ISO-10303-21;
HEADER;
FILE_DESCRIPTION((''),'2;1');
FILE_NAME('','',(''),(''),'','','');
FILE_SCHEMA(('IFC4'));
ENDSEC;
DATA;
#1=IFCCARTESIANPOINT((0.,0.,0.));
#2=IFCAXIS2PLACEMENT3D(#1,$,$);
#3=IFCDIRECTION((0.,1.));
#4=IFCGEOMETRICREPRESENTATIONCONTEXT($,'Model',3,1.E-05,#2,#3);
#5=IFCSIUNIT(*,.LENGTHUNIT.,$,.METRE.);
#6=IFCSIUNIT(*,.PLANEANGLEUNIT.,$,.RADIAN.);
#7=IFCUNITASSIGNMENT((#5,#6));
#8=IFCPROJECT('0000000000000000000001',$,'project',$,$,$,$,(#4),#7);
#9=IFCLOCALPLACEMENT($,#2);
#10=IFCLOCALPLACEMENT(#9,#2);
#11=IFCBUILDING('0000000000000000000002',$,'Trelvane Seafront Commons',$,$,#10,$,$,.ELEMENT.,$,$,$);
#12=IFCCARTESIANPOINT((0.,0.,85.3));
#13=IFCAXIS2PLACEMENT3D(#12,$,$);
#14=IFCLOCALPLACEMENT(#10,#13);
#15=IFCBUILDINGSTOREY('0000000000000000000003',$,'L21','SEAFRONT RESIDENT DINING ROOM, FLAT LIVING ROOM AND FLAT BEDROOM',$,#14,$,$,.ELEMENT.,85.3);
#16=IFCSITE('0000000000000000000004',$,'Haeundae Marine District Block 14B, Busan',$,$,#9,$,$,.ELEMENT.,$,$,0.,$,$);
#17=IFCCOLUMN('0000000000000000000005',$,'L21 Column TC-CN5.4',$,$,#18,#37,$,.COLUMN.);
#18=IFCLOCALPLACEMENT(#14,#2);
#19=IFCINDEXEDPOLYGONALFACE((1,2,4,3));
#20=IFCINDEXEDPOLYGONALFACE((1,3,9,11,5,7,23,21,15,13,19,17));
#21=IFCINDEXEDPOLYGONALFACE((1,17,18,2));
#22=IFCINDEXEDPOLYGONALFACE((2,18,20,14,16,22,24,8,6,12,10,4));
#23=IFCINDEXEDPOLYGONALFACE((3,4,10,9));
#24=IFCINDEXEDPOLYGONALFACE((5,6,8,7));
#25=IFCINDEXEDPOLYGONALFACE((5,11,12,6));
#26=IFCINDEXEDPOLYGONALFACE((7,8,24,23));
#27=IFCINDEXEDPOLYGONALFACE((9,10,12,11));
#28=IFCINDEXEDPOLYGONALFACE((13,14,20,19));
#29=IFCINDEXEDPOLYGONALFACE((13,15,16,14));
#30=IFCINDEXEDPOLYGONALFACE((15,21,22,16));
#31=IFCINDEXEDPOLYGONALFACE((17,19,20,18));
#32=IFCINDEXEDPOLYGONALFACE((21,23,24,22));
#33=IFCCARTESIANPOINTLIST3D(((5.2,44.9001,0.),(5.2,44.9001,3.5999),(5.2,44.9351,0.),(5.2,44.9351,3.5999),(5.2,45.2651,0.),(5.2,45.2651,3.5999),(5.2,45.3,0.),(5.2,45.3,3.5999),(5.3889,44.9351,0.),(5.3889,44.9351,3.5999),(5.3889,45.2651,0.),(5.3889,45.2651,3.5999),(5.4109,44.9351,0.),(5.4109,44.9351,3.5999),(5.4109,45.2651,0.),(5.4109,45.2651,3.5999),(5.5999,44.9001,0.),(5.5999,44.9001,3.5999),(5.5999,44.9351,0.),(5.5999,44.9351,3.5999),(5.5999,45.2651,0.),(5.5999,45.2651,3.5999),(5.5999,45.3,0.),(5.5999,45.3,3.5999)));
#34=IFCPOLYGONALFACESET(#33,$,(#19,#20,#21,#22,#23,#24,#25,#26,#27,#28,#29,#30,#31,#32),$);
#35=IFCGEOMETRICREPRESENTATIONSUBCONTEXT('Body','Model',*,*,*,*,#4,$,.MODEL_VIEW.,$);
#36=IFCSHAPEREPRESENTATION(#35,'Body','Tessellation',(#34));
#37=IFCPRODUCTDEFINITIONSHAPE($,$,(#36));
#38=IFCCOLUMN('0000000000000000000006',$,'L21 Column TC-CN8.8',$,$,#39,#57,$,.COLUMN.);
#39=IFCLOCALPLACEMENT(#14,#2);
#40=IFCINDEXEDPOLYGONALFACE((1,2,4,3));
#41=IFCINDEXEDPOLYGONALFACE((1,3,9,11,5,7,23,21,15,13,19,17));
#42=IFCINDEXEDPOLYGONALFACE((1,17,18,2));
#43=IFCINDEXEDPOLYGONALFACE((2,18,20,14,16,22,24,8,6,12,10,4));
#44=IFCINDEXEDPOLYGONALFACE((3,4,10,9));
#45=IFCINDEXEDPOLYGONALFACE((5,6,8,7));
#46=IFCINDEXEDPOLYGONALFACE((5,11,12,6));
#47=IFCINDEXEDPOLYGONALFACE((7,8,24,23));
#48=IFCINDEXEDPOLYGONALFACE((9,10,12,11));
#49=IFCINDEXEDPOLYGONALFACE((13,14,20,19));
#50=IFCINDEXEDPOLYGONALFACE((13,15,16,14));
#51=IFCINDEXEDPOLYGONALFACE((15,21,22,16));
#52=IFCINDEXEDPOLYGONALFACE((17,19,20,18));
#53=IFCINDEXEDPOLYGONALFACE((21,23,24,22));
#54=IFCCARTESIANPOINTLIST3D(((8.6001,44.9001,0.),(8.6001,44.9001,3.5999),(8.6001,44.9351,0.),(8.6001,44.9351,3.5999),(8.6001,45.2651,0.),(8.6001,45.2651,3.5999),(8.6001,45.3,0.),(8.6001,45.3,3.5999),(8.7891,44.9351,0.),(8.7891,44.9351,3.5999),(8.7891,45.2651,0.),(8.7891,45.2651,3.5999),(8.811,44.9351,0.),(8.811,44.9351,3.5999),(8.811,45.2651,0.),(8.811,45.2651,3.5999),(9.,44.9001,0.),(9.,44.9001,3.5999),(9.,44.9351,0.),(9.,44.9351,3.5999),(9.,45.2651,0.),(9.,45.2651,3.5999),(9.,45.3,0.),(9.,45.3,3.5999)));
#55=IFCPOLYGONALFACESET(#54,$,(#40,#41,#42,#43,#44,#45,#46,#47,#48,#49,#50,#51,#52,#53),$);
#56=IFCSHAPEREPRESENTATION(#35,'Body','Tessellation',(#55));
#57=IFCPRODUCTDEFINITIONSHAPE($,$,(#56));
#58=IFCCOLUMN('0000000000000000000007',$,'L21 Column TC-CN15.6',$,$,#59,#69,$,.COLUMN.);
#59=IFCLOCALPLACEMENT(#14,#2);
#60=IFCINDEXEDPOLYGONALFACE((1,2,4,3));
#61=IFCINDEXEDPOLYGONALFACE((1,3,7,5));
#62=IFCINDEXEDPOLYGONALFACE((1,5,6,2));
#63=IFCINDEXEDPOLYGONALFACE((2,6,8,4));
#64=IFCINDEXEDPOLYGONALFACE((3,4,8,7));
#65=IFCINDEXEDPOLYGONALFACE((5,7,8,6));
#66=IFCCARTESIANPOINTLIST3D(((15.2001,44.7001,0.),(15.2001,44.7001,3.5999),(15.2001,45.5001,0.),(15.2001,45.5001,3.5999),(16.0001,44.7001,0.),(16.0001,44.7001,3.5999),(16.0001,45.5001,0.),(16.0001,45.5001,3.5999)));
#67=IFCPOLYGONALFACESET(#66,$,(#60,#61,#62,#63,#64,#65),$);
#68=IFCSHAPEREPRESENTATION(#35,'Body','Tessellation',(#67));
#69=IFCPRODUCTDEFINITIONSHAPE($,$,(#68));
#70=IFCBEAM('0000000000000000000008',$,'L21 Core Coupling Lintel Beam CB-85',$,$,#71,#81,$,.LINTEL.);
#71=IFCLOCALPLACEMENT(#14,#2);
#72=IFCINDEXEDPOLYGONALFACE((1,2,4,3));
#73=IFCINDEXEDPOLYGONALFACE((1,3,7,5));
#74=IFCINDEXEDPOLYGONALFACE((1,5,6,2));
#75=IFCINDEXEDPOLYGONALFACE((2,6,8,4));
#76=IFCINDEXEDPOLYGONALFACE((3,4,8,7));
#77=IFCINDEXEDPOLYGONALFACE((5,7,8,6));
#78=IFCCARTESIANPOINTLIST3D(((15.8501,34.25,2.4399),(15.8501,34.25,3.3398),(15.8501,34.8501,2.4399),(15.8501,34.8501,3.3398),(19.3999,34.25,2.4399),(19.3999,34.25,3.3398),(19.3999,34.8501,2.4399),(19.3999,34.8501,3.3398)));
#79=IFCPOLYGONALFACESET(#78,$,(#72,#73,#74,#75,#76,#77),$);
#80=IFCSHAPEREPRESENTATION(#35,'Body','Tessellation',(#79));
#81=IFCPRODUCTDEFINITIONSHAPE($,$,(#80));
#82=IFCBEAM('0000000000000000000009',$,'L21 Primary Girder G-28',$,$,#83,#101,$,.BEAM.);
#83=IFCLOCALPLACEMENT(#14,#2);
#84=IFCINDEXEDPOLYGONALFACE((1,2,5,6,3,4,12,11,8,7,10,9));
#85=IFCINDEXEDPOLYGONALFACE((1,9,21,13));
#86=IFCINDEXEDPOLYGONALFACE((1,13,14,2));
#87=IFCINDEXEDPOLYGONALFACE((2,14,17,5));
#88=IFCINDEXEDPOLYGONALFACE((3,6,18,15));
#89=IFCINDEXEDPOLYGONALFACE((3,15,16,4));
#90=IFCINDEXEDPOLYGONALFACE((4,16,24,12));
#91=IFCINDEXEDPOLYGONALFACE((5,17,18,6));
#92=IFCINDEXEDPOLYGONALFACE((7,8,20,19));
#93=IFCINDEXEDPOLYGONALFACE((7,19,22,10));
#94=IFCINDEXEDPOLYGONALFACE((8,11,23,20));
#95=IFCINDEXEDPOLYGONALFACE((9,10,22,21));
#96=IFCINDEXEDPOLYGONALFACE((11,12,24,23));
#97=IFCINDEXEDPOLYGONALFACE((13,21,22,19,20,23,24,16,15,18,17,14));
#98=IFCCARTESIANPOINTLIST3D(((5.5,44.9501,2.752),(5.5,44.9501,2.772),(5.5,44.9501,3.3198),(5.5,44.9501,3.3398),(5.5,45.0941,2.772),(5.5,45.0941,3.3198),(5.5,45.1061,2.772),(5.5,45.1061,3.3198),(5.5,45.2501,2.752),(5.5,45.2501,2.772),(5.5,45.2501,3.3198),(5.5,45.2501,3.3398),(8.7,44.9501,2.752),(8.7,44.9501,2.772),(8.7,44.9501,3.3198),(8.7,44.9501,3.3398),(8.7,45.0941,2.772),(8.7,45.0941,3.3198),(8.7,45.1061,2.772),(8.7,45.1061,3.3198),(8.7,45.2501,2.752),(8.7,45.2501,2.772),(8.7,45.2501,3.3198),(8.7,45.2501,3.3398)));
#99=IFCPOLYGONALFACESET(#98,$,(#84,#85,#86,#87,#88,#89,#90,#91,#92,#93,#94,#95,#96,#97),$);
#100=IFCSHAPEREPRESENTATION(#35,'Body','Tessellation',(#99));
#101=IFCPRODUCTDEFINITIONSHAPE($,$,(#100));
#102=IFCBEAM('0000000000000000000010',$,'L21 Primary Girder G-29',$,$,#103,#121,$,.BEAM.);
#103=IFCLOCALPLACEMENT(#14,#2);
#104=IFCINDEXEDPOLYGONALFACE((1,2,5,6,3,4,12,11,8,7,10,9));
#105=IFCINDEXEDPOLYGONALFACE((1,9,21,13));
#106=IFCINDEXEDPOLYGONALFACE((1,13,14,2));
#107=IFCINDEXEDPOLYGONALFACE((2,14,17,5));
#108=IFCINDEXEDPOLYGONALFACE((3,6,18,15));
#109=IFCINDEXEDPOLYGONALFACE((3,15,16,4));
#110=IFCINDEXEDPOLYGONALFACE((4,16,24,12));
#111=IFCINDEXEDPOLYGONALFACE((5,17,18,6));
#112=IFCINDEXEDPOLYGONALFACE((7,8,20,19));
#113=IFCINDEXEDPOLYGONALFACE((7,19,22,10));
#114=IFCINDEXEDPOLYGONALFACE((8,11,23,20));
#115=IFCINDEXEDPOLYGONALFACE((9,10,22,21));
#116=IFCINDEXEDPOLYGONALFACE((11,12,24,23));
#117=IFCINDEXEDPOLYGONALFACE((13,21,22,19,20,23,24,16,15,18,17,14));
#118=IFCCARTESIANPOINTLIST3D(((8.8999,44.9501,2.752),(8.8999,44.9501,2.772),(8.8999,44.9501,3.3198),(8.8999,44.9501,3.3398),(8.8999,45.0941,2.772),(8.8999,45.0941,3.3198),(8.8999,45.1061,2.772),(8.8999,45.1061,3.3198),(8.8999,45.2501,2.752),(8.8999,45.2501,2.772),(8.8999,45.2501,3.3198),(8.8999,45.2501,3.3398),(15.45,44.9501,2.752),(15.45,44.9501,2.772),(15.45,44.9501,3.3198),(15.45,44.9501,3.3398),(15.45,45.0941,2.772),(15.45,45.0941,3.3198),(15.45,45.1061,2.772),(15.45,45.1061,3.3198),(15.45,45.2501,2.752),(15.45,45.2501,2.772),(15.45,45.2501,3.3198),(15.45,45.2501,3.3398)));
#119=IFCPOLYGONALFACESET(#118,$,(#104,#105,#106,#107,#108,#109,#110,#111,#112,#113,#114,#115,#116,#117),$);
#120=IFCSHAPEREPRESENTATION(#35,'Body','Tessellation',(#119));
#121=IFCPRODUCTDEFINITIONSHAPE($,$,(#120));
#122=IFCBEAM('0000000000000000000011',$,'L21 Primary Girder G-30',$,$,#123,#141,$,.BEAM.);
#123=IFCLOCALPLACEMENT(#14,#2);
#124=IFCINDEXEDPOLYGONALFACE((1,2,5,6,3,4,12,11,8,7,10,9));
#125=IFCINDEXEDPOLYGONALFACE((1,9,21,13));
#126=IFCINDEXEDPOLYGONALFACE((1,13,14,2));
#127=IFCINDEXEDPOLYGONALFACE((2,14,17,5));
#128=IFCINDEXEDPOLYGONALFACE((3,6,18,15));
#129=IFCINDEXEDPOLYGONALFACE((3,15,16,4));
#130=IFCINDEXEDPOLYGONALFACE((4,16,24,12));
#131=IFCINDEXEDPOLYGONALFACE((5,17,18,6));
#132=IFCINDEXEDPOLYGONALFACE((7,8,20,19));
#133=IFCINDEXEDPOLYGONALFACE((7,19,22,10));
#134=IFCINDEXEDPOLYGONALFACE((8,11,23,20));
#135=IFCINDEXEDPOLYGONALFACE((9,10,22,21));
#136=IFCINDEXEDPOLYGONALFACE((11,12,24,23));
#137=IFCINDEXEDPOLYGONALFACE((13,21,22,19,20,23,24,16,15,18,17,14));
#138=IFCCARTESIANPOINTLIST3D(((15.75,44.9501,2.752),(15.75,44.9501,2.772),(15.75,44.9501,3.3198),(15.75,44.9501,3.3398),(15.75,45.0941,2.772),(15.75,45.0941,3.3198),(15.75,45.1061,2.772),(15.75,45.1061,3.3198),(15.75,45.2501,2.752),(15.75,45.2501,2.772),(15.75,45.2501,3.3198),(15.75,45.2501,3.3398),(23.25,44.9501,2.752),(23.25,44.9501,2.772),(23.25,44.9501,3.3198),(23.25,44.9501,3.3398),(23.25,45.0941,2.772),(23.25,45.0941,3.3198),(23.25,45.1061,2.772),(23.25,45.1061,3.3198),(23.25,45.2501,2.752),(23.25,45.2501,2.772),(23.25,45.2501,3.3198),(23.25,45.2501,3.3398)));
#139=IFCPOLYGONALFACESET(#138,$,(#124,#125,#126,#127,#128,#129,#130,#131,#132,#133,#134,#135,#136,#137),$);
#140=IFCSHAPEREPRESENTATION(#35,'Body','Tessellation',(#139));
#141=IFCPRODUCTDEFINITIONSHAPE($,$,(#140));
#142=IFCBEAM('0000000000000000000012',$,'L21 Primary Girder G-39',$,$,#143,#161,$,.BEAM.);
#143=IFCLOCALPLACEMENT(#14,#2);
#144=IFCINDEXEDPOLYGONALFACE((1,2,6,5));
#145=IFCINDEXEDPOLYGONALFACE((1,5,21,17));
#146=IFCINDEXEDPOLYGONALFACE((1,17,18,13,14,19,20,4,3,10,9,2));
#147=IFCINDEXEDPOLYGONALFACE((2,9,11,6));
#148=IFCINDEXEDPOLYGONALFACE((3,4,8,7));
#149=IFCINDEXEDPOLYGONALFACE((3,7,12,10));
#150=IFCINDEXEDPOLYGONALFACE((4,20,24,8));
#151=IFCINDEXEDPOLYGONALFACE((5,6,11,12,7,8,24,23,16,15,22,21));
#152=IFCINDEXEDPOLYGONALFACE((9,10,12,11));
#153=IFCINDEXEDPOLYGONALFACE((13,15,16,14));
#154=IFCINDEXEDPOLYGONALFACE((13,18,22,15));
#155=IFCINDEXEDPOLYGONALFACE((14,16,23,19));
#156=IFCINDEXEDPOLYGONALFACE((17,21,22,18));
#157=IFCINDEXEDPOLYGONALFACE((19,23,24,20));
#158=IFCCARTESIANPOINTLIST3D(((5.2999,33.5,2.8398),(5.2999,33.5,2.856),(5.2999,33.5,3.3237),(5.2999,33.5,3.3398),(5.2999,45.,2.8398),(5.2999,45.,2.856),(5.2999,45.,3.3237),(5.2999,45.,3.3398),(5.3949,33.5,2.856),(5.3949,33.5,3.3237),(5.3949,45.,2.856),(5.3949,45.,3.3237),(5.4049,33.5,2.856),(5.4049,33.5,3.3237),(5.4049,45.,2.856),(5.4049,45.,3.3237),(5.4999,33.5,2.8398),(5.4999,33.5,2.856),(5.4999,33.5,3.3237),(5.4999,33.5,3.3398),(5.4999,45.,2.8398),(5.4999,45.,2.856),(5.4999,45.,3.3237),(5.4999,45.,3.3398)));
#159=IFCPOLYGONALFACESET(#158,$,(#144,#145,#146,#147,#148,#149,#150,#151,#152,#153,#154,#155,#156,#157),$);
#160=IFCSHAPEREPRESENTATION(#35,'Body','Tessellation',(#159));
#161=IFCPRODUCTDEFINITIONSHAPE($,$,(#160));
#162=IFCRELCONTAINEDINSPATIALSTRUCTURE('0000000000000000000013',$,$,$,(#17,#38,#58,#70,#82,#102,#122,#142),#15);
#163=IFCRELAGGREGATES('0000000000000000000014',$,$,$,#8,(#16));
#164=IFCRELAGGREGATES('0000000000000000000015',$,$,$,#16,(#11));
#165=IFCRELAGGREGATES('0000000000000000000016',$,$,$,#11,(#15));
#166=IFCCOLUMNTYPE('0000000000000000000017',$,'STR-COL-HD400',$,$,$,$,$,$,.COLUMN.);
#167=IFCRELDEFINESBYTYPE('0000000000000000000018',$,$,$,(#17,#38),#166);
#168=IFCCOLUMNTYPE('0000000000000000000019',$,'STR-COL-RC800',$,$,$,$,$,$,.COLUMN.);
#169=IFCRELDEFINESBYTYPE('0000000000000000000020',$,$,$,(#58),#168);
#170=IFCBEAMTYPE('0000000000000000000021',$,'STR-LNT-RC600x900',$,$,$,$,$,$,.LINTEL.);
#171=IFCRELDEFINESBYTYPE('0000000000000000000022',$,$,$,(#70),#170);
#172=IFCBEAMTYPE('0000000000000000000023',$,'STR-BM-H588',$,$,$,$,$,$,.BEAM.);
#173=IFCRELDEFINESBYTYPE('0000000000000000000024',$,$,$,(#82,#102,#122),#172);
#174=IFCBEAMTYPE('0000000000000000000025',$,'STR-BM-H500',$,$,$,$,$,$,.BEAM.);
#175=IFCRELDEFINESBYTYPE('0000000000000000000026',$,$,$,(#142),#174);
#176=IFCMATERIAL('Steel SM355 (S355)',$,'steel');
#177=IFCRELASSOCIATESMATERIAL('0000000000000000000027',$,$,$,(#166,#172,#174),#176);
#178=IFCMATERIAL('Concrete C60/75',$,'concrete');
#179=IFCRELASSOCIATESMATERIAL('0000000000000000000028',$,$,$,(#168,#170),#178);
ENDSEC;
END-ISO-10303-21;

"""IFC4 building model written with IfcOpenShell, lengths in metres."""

from ifc_helpers import new_model, si_unit, direction, frame, origin, origin_2d, place, context, subcontext, project, spatial, rectangle, i_section, extrude, source, transform, mapped, material, material_profile, profile_set, type_object, element, save


model = new_model("IFC4")

# Units and contexts
model_context = context("Model", 3, precision=1e-05, world=origin(), true_north=direction((0.0, 1.0)))
body_context = subcontext(model_context, "Body", "Model", "MODEL_VIEW")
ifc_project = project(units=[si_unit("LENGTHUNIT", "METRE"), si_unit("PLANEANGLEUNIT", "RADIAN")], contexts=[model_context])

# Site, building, storey
site_placement = place(None, origin())
site = spatial("IfcSite", under=ifc_project, at=site_placement, Name="Haeundae Marine District Block 14B, Busan", CompositionType="ELEMENT", RefElevation=0.0)
building_placement = place(site_placement, origin())
building = spatial("IfcBuilding", under=site, at=building_placement, Name="Trelvane Seafront Commons", CompositionType="ELEMENT")
storey_placement = place(building_placement, frame((0.0, 0.0, 85.3)))
storey = spatial("IfcBuildingStorey", under=building, at=storey_placement, Name="L21", Description="SEAFRONT RESIDENT DINING ROOM, FLAT LIVING ROOM AND FLAT BEDROOM", CompositionType="ELEMENT", Elevation=85.3)

# Columns
ifc_material_1 = material(Name="Steel SM355 (S355)", Category="steel")
ifc_material_profile_1 = material_profile(ifc_material_1, i_section(OverallWidth=0.3999, OverallDepth=0.3999, WebThickness=0.022, FlangeThickness=0.0349, at=origin_2d()), Name="HD-400x400x22x35")
ifc_profile_set_1 = profile_set([ifc_material_profile_1], Name="Steel SM355 (S355)")
column_type_1 = type_object("IfcColumnType", Name="STR-COL-HD400", PredefinedType="COLUMN", material=ifc_profile_set_1)
shared_shape_1 = source(origin(), body_context, "Body", "SweptSolid", [
    extrude(i_section(OverallWidth=0.3999, OverallDepth=0.3999, WebThickness=0.022, FlangeThickness=0.0349, at=origin_2d()), origin(), (0.0, 0.0, 1.0), 3.5999),
])
for number, where, z_axis, x_axis, name in (
    (1, (5.3999, 45.1001, 0.0), (0.0, 0.0, 1.0), (1.0, 0.0, 0.0), "L21 Column TC-CN5.4"),
    (2, (8.8, 45.1001, 0.0), (0.0, 0.0, 1.0), (1.0, 0.0, 0.0), "L21 Column TC-CN8.8"),
):
    element("IfcColumn", number, at=place(storey_placement, frame(where, z_axis=z_axis, x_axis=x_axis)), inside=storey, type_object=column_type_1, Name=name, PredefinedType="COLUMN", context=body_context, shape_type="MappedRepresentation", body=[
        mapped(shared_shape_1, transform((0.0, 0.0, 0.0), x_axis=(1.0, 0.0, 0.0), y_axis=(0.0, 1.0, 0.0), z_axis=(0.0, 0.0, 1.0), scale=1.0)),
    ])
ifc_material_2 = material(Name="Concrete C60/75", Category="concrete")
ifc_material_profile_2 = material_profile(ifc_material_2, rectangle(XDim=0.8, YDim=0.8, at=origin_2d()), Name="RC-800x800")
ifc_profile_set_2 = profile_set([ifc_material_profile_2], Name="Concrete C60/75")
column_type_2 = type_object("IfcColumnType", Name="STR-COL-RC800", PredefinedType="COLUMN", material=ifc_profile_set_2)
shared_shape_2 = source(origin(), body_context, "Body", "SweptSolid", [
    extrude(rectangle(XDim=0.8, YDim=0.8, at=origin_2d()), origin(), (0.0, 0.0, 1.0), 3.5999),
])
column_placement = place(storey_placement, frame((15.6001, 45.1001, 0.0), z_axis=(0.0, 0.0, 1.0), x_axis=(1.0, 0.0, 0.0)))
element("IfcColumn", 3, at=column_placement, inside=storey, type_object=column_type_2, Name="L21 Column TC-CN15.6", PredefinedType="COLUMN", context=body_context, shape_type="MappedRepresentation", body=[
    mapped(shared_shape_2, transform((0.0, 0.0, 0.0), x_axis=(1.0, 0.0, 0.0), y_axis=(0.0, 1.0, 0.0), z_axis=(0.0, 0.0, 1.0), scale=1.0)),
])

# Beams
ifc_material_profile_3 = material_profile(ifc_material_2, rectangle(XDim=0.6001, YDim=0.8999, at=origin_2d()), Name="RC-600x900")
ifc_profile_set_3 = profile_set([ifc_material_profile_3], Name="Concrete C60/75")
beam_type_1 = type_object("IfcBeamType", Name="STR-LNT-RC600x900", PredefinedType="LINTEL", material=ifc_profile_set_3)
shared_shape_3 = source(origin(), body_context, "Body", "SweptSolid", [
    extrude(rectangle(XDim=0.6001, YDim=0.8999, at=origin_2d()), origin(), (0.0, 0.0, 1.0), 3.5498),
])
beam_1_placement = place(storey_placement, frame((15.8501, 34.55, 2.8899), z_axis=(1.0, 0.0, 0.0), x_axis=(0.0, 1.0, 0.0)))
element("IfcBeam", 4, at=beam_1_placement, inside=storey, type_object=beam_type_1, Name="L21 Core Coupling Lintel Beam CB-85", PredefinedType="LINTEL", context=body_context, shape_type="MappedRepresentation", body=[
    mapped(shared_shape_3, transform((0.0, 0.0, 0.0), x_axis=(1.0, 0.0, 0.0), y_axis=(0.0, 1.0, 0.0), z_axis=(0.0, 0.0, 1.0), scale=1.0)),
])
ifc_material_profile_4 = material_profile(ifc_material_1, i_section(OverallWidth=0.3, OverallDepth=0.5879, WebThickness=0.012, FlangeThickness=0.02, at=origin_2d()), Name="H-588x300x12x20")
ifc_profile_set_4 = profile_set([ifc_material_profile_4], Name="Steel SM355 (S355)")
beam_type_2 = type_object("IfcBeamType", Name="STR-BM-H588", PredefinedType="BEAM", material=ifc_profile_set_4)
shared_shape_4 = source(origin(), body_context, "Body", "SweptSolid", [
    extrude(i_section(OverallWidth=0.3, OverallDepth=0.5879, WebThickness=0.012, FlangeThickness=0.02, at=origin_2d()), origin(), (0.0, 0.0, 1.0), 3.2),
])
beam_2_placement = place(storey_placement, frame((5.5, 45.1001, 3.0459), z_axis=(1.0, 0.0, 0.0), x_axis=(0.0, 1.0, 0.0)))
element("IfcBeam", 5, at=beam_2_placement, inside=storey, type_object=beam_type_2, Name="L21 Primary Girder G-28", PredefinedType="BEAM", context=body_context, shape_type="MappedRepresentation", body=[
    mapped(shared_shape_4, transform((0.0, 0.0, 0.0), x_axis=(1.0, 0.0, 0.0), y_axis=(0.0, 1.0, 0.0), z_axis=(0.0, 0.0, 1.0), scale=1.0)),
])
shared_shape_5 = source(origin(), body_context, "Body", "SweptSolid", [
    extrude(i_section(OverallWidth=0.3, OverallDepth=0.5879, WebThickness=0.012, FlangeThickness=0.02, at=origin_2d()), origin(), (0.0, 0.0, 1.0), 6.55),
])
beam_3_placement = place(storey_placement, frame((8.8999, 45.1001, 3.0459), z_axis=(1.0, 0.0, 0.0), x_axis=(0.0, 1.0, 0.0)))
element("IfcBeam", 6, at=beam_3_placement, inside=storey, type_object=beam_type_2, Name="L21 Primary Girder G-29", PredefinedType="BEAM", context=body_context, shape_type="MappedRepresentation", body=[
    mapped(shared_shape_5, transform((0.0, 0.0, 0.0), x_axis=(1.0, 0.0, 0.0), y_axis=(0.0, 1.0, 0.0), z_axis=(0.0, 0.0, 1.0), scale=1.0)),
])
shared_shape_6 = source(origin(), body_context, "Body", "SweptSolid", [
    extrude(i_section(OverallWidth=0.3, OverallDepth=0.5879, WebThickness=0.012, FlangeThickness=0.02, at=origin_2d()), origin(), (0.0, 0.0, 1.0), 7.5),
])
beam_4_placement = place(storey_placement, frame((15.75, 45.1001, 3.0459), z_axis=(1.0, 0.0, 0.0), x_axis=(0.0, 1.0, 0.0)))
element("IfcBeam", 7, at=beam_4_placement, inside=storey, type_object=beam_type_2, Name="L21 Primary Girder G-30", PredefinedType="BEAM", context=body_context, shape_type="MappedRepresentation", body=[
    mapped(shared_shape_6, transform((0.0, 0.0, 0.0), x_axis=(1.0, 0.0, 0.0), y_axis=(0.0, 1.0, 0.0), z_axis=(0.0, 0.0, 1.0), scale=1.0)),
])
ifc_material_profile_5 = material_profile(ifc_material_1, i_section(OverallWidth=0.2, OverallDepth=0.5, WebThickness=0.01, FlangeThickness=0.0161, at=origin_2d()), Name="H-500x200x10x16")
ifc_profile_set_5 = profile_set([ifc_material_profile_5], Name="Steel SM355 (S355)")
beam_type_3 = type_object("IfcBeamType", Name="STR-BM-H500", PredefinedType="BEAM", material=ifc_profile_set_5)
shared_shape_7 = source(origin(), body_context, "Body", "SweptSolid", [
    extrude(i_section(OverallWidth=0.2, OverallDepth=0.5, WebThickness=0.01, FlangeThickness=0.0161, at=origin_2d()), origin(), (0.0, 0.0, 1.0), 11.5),
])
for number, where, z_axis, x_axis, name in (
    (8, (5.3999, 33.5, 3.0898), (0.0, 1.0, 0.0), (-1.0, 0.0, 0.0), "L21 Primary Girder G-39"),
):
    element("IfcBeam", number, at=place(storey_placement, frame(where, z_axis=z_axis, x_axis=x_axis)), inside=storey, type_object=beam_type_3, Name=name, PredefinedType="BEAM", context=body_context, shape_type="MappedRepresentation", body=[
        mapped(shared_shape_7, transform((0.0, 0.0, 0.0), x_axis=(1.0, 0.0, 0.0), y_axis=(0.0, 1.0, 0.0), z_axis=(0.0, 0.0, 1.0), scale=1.0)),
    ])

save(model, "model.ifc")
